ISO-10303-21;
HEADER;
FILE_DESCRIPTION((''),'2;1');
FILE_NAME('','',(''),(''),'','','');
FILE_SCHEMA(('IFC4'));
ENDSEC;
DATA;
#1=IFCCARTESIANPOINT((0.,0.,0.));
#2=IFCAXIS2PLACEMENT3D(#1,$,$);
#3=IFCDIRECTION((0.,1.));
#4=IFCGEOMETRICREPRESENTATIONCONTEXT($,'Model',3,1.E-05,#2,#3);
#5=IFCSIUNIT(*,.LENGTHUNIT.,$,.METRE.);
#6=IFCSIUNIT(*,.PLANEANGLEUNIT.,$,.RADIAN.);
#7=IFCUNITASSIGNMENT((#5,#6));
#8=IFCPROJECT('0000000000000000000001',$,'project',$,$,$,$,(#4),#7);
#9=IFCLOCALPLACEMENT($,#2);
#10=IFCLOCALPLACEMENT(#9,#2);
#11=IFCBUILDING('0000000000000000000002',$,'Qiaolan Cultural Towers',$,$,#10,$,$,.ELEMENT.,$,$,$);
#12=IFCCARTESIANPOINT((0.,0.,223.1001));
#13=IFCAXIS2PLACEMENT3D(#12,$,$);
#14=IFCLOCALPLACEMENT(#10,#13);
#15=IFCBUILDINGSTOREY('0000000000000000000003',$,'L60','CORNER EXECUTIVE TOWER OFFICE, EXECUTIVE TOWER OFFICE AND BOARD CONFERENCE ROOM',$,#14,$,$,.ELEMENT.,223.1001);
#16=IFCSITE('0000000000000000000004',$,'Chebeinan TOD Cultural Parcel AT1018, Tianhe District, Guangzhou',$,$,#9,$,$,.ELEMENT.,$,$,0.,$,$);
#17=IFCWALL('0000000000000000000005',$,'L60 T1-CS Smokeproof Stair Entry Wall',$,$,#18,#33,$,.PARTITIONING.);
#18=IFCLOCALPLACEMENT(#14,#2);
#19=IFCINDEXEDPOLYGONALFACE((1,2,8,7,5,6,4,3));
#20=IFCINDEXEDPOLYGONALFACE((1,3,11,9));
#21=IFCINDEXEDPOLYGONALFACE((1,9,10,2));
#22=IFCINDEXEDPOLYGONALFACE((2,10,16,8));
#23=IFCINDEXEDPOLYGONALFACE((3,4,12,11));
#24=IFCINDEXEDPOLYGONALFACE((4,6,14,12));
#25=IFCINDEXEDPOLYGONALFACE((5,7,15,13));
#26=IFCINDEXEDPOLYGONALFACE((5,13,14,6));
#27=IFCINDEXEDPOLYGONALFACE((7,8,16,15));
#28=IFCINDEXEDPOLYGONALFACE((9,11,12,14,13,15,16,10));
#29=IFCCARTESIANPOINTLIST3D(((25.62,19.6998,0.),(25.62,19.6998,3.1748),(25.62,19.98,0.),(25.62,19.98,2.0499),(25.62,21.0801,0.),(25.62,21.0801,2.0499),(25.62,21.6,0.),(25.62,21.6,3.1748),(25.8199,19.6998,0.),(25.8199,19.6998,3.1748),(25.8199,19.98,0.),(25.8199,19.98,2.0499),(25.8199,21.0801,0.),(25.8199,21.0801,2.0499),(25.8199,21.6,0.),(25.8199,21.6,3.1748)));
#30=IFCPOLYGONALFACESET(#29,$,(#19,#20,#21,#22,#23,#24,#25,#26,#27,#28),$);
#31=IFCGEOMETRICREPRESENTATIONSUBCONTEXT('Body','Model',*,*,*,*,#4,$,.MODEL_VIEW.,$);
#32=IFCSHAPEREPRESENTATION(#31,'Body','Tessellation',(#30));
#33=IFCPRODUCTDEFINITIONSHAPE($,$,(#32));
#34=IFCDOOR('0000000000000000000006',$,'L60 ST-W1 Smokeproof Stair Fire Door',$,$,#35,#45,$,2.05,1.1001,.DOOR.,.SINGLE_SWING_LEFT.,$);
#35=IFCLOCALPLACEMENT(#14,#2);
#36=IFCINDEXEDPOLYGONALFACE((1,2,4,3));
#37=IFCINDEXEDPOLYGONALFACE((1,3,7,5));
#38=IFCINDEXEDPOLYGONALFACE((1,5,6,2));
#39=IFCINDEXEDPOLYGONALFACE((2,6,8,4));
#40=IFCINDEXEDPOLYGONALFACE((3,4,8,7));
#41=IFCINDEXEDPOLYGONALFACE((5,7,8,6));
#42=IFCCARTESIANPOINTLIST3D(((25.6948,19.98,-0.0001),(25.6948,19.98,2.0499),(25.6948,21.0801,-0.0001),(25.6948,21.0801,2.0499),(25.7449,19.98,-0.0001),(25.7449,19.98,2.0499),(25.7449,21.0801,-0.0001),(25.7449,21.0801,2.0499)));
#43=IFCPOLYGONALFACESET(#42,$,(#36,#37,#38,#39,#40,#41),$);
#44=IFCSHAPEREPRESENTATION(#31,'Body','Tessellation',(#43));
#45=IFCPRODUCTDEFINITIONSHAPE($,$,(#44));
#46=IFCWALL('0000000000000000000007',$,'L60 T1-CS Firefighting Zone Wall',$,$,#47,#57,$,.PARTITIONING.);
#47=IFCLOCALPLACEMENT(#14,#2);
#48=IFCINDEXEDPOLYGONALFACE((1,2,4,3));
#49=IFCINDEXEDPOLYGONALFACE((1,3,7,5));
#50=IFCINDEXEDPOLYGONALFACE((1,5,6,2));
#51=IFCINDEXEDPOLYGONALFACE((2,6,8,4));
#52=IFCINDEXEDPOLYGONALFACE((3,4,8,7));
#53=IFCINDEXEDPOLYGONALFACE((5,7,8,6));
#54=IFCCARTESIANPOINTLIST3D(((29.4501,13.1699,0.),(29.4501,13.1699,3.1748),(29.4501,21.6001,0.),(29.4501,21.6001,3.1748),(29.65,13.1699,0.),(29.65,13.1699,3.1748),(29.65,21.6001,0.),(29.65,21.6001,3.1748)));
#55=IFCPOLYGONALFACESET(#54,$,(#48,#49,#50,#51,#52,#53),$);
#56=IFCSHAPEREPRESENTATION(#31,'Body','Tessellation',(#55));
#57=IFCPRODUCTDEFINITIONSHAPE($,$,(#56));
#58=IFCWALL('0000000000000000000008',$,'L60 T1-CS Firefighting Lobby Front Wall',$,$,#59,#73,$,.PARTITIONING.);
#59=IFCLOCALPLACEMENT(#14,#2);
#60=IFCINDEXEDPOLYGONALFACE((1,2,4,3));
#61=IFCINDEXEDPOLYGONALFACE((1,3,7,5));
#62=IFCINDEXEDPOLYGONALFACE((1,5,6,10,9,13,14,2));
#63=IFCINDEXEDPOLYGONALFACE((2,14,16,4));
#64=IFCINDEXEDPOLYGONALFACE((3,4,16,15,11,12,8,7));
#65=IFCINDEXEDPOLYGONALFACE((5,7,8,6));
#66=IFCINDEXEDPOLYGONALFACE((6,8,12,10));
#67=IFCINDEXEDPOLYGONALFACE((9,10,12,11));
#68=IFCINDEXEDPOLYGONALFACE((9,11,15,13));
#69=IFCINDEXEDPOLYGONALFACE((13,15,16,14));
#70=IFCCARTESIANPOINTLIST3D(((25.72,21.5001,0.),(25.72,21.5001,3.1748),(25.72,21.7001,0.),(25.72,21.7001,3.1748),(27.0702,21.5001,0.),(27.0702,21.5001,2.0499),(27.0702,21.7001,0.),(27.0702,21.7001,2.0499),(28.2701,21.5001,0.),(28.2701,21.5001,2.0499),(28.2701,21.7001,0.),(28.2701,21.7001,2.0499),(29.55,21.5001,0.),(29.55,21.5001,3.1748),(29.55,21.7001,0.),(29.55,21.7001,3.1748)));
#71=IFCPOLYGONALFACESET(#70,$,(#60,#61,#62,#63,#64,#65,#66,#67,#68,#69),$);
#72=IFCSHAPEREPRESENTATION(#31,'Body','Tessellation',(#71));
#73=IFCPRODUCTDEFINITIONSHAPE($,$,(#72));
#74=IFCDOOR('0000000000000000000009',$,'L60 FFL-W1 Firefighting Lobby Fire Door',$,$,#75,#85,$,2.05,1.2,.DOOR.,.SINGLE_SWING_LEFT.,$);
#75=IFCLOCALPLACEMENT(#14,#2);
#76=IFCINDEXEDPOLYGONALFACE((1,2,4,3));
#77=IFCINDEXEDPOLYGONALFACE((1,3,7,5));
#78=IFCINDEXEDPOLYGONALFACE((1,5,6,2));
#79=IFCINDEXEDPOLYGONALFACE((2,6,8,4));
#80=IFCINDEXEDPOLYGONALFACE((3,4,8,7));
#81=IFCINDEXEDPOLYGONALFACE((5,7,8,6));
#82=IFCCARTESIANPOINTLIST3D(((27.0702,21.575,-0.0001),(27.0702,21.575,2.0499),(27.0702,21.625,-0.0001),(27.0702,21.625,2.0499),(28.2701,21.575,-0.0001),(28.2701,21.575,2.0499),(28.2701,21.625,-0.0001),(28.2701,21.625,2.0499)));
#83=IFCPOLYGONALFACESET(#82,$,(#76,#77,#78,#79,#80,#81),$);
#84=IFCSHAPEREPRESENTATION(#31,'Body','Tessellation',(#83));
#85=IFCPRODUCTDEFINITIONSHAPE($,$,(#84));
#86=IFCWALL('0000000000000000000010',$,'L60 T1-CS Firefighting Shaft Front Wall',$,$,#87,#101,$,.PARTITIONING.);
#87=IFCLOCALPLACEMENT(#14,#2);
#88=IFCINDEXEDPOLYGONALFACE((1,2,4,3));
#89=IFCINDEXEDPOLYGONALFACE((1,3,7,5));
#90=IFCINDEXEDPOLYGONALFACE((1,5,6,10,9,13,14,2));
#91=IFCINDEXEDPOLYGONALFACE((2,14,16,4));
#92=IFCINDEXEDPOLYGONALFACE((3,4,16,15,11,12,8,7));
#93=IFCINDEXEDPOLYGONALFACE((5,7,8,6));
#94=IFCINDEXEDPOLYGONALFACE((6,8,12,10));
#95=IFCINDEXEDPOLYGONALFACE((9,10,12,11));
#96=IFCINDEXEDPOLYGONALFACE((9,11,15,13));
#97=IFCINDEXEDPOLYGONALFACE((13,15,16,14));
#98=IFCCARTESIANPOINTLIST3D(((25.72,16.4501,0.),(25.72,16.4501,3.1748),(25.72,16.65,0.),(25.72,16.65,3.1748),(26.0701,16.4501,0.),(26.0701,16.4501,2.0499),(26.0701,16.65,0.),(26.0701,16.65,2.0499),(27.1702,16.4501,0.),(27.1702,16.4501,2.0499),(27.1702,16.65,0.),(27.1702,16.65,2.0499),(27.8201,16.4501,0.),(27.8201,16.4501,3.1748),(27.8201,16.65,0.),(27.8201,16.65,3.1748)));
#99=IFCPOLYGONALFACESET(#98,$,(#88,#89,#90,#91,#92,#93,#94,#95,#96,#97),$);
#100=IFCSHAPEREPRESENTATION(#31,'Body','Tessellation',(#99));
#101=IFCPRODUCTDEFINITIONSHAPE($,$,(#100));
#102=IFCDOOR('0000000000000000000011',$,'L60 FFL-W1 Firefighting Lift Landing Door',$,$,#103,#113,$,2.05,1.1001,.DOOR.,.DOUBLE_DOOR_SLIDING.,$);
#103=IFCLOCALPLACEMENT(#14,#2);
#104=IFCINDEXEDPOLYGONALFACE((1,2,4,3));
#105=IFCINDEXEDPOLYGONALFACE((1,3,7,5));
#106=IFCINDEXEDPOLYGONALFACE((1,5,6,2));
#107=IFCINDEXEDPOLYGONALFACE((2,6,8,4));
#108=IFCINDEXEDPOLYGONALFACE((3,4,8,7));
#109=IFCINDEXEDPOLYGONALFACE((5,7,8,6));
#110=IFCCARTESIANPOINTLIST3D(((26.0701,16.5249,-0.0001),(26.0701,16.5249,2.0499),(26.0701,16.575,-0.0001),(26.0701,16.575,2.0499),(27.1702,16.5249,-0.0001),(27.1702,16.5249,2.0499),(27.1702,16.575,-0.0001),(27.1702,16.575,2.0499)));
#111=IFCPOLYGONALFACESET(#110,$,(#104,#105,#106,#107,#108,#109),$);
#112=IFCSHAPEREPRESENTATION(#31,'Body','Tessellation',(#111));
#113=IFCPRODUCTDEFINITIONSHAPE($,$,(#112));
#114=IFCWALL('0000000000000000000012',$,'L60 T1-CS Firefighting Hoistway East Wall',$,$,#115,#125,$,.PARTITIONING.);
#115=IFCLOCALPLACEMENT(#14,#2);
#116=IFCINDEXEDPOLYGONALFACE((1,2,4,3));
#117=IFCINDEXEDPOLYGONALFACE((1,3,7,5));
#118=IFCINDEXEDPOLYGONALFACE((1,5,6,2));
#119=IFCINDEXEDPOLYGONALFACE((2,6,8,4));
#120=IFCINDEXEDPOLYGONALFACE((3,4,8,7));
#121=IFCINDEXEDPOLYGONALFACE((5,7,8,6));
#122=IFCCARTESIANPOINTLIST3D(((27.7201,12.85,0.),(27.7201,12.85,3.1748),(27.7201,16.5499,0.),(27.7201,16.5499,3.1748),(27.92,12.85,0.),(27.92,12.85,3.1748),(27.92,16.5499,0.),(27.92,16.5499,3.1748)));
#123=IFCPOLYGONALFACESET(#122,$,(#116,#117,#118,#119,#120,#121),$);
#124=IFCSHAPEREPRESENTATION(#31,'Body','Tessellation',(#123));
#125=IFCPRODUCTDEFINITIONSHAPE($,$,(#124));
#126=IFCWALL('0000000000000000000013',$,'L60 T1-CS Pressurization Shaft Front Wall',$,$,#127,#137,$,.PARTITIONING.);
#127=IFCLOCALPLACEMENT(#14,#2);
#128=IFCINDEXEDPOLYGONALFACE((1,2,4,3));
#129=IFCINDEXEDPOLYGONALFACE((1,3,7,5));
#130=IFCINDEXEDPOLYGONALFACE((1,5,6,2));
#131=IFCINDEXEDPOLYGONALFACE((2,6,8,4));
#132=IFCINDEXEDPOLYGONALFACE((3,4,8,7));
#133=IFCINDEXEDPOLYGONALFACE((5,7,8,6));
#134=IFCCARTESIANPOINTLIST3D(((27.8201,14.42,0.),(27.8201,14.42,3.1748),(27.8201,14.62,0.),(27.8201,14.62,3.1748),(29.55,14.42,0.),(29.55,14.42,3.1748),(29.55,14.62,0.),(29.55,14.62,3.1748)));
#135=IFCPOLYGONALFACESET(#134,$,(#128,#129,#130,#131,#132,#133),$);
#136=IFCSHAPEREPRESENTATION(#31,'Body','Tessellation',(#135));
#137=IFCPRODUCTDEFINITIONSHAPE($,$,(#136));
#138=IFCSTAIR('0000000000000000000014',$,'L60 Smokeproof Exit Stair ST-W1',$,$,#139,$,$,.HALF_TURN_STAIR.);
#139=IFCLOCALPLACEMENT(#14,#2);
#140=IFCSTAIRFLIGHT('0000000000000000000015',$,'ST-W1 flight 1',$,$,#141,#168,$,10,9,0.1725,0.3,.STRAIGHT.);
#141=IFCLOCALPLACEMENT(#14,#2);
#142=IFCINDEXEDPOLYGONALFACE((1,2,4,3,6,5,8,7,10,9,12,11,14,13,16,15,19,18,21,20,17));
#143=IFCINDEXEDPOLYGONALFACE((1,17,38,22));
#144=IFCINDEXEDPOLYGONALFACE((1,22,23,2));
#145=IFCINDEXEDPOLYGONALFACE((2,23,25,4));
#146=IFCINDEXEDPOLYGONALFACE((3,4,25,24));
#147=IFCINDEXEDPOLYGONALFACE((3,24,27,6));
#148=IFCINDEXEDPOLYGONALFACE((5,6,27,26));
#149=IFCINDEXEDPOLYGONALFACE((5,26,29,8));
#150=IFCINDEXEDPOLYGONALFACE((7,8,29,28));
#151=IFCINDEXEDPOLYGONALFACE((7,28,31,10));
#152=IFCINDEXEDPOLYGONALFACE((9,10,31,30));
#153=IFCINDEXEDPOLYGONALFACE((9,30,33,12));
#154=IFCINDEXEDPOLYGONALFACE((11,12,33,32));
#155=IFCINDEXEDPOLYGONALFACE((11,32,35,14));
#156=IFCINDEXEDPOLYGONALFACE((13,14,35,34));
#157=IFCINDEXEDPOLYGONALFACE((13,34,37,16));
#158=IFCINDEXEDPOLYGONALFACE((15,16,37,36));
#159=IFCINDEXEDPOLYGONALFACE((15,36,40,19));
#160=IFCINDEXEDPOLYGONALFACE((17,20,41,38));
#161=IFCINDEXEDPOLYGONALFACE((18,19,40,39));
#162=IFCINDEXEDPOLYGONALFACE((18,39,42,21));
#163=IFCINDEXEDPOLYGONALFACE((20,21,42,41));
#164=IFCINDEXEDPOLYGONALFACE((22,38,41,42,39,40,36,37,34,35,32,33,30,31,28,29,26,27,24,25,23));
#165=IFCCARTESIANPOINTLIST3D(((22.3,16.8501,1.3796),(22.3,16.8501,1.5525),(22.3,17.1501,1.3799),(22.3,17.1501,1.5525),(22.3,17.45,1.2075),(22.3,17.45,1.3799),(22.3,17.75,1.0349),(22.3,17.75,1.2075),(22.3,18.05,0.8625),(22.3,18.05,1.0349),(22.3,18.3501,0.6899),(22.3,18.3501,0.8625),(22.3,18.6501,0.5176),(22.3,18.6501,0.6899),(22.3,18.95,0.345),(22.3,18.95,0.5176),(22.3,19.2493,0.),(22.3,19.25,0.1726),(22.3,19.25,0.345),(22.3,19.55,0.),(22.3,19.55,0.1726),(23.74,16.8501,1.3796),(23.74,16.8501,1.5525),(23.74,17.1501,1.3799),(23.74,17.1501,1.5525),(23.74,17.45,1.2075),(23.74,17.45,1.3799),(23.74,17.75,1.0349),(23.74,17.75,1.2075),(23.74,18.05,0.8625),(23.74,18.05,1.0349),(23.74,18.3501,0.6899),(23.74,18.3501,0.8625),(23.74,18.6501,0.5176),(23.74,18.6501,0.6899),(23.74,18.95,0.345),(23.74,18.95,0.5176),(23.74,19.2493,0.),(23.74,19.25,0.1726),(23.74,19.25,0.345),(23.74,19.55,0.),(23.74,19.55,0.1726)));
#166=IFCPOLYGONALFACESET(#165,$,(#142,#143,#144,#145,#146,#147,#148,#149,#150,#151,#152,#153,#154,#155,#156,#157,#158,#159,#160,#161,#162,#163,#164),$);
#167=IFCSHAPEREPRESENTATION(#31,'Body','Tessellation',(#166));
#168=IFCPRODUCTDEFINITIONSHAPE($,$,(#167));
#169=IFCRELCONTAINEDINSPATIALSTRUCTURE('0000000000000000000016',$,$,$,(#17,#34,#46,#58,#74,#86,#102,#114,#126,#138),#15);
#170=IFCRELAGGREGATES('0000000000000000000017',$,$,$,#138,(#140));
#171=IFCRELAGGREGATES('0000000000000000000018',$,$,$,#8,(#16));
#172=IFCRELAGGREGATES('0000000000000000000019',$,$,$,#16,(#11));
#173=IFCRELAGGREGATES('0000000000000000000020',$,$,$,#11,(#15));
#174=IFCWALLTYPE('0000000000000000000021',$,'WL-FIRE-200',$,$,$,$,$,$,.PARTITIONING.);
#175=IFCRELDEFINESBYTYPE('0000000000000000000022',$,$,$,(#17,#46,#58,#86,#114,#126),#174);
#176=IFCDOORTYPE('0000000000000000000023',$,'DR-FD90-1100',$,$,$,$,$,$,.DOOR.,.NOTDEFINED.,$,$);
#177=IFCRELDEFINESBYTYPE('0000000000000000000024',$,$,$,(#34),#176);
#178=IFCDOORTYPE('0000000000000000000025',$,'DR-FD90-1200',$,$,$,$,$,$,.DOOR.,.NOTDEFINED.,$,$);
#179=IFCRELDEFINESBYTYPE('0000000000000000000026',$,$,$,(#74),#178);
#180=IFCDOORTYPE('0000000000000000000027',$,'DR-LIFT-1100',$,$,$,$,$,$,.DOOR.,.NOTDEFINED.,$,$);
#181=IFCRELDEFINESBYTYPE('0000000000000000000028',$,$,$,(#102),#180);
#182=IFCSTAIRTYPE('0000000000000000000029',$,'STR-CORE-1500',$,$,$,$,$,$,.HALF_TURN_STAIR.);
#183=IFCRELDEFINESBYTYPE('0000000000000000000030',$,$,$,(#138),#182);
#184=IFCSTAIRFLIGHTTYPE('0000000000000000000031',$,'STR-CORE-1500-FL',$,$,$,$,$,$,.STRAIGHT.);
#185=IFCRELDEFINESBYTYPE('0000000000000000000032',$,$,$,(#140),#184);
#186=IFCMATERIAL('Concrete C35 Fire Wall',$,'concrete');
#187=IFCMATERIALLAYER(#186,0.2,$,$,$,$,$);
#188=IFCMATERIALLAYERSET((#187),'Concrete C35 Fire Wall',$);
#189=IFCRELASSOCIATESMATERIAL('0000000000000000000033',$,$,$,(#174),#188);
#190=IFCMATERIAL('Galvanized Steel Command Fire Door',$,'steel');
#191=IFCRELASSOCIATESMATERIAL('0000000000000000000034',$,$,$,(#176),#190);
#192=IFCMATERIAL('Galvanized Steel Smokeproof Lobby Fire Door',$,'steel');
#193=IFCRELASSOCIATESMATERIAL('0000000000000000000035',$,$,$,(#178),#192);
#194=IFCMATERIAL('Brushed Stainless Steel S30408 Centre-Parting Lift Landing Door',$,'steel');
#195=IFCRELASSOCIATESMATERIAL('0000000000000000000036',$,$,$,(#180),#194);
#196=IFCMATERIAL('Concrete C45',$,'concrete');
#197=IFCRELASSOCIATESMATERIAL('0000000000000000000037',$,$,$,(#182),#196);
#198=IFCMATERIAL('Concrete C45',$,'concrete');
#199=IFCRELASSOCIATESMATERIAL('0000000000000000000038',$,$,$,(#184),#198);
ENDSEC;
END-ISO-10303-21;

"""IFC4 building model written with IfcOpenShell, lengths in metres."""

from ifc_helpers import new_model, si_unit, direction, frame, frame_2d, origin, place, context, subcontext, project, spatial, polyline, rectangle, outline, extrude, material, layer, layer_set, type_object, element, fill, aggregate, save


model = new_model("IFC4")

# Units and contexts
model_context = context("Model", 3, precision=1e-05, world=origin(), true_north=direction((0.0, 1.0)))
body_context = subcontext(model_context, "Body", "Model", "MODEL_VIEW")
ifc_project = project(units=[si_unit("LENGTHUNIT", "METRE"), si_unit("PLANEANGLEUNIT", "RADIAN")], contexts=[model_context])

# Site, building, storey
site_placement = place(None, origin())
site = spatial("IfcSite", under=ifc_project, at=site_placement, Name="Chebeinan TOD Cultural Parcel AT1018, Tianhe District, Guangzhou", CompositionType="ELEMENT", RefElevation=0.0)
building_placement = place(site_placement, origin())
building = spatial("IfcBuilding", under=site, at=building_placement, Name="Qiaolan Cultural Towers", CompositionType="ELEMENT")
storey_placement = place(building_placement, frame((0.0, 0.0, 223.1001)))
storey = spatial("IfcBuildingStorey", under=building, at=storey_placement, Name="L60", Description="CORNER EXECUTIVE TOWER OFFICE, EXECUTIVE TOWER OFFICE AND BOARD CONFERENCE ROOM", CompositionType="ELEMENT", Elevation=223.1001)

# Wall, opening, door
ifc_material_1 = material(Name="Concrete C35 Fire Wall", Category="concrete")
ifc_layer_1 = layer(ifc_material_1, 0.2)
ifc_layer_set_1 = layer_set([ifc_layer_1], Name="Concrete C35 Fire Wall")
wall_type_1 = type_object("IfcWallType", Name="WL-FIRE-200", PredefinedType="PARTITIONING", material=ifc_layer_set_1)
wall_1_placement = place(storey_placement, frame((25.72, 21.6001, 0.0), z_axis=(0.0, 0.0, 1.0), x_axis=(0.0, -1.0, 0.0)))
wall_1 = element("IfcWall", 1, at=wall_1_placement, inside=storey, type_object=wall_type_1, Name="L60 T1-CS Smokeproof Stair Entry Wall", PredefinedType="PARTITIONING", context=body_context, shape_type="SweptSolid", body=[
    extrude(rectangle(XDim=1.9001, YDim=0.2, at=frame_2d((0.9502, 0.0))), origin(), (0.0, 0.0, 1.0), 3.1748),
])
opening_1_placement = place(wall_1_placement, frame((0.52, 0.0, 0.0)))
opening_1 = element("IfcOpeningElement", 2, at=opening_1_placement, cuts=wall_1, PredefinedType="OPENING", context=body_context, shape_type="SweptSolid", body=[
    extrude(rectangle(XDim=1.1001, YDim=2.05, at=frame_2d((0.55, 1.0249))), frame((0.0, 0.1099, 0.0), z_axis=(0.0, -1.0, 0.0), x_axis=(1.0, 0.0, 0.0)), (0.0, 0.0, 1.0), 0.22),
])
ifc_material_2 = material(Name="Galvanized Steel Command Fire Door", Category="steel")
door_type_1 = type_object("IfcDoorType", Name="DR-FD90-1100", OperationType="NOTDEFINED", PredefinedType="DOOR", material=ifc_material_2)
door_1_placement = place(opening_1_placement, origin())
door_1 = element("IfcDoor", 3, at=door_1_placement, inside=storey, type_object=door_type_1, Name="L60 ST-W1 Smokeproof Stair Fire Door", OperationType="SINGLE_SWING_LEFT", OverallHeight=2.05, OverallWidth=1.1001, PredefinedType="DOOR", context=body_context, shape_type="SweptSolid", body=[
    extrude(rectangle(XDim=1.1001, YDim=2.05, at=frame_2d((0.55, 1.0249))), frame((0.0, 0.0249, 0.0), z_axis=(0.0, -1.0, 0.0), x_axis=(1.0, 0.0, 0.0)), (0.0, 0.0, 1.0), 0.05),
])
fill(opening_1, door_1)

# Wall
wall_2_placement = place(storey_placement, frame((29.55, 21.6001, 0.0), z_axis=(0.0, 0.0, 1.0), x_axis=(0.0, -1.0, 0.0)))
element("IfcWall", 4, at=wall_2_placement, inside=storey, type_object=wall_type_1, Name="L60 T1-CS Firefighting Zone Wall", PredefinedType="PARTITIONING", context=body_context, shape_type="SweptSolid", body=[
    extrude(rectangle(XDim=8.4302, YDim=0.2, at=frame_2d((4.2151, 0.0))), origin(), (0.0, 0.0, 1.0), 3.1748),
])

# Walls, openings, doors
wall_3_placement = place(storey_placement, frame((25.72, 21.6001, 0.0), z_axis=(0.0, 0.0, 1.0), x_axis=(1.0, 0.0, 0.0)))
wall_3 = element("IfcWall", 5, at=wall_3_placement, inside=storey, type_object=wall_type_1, Name="L60 T1-CS Firefighting Lobby Front Wall", PredefinedType="PARTITIONING", context=body_context, shape_type="SweptSolid", body=[
    extrude(rectangle(XDim=3.8301, YDim=0.2, at=frame_2d((1.915, 0.0))), origin(), (0.0, 0.0, 1.0), 3.1748),
])
opening_2_placement = place(wall_3_placement, frame((1.3501, 0.0, 0.0)))
opening_2 = element("IfcOpeningElement", 6, at=opening_2_placement, cuts=wall_3, PredefinedType="OPENING", context=body_context, shape_type="SweptSolid", body=[
    extrude(rectangle(XDim=1.2, YDim=2.05, at=frame_2d((0.6001, 1.0249))), frame((0.0, 0.1099, 0.0), z_axis=(0.0, -1.0, 0.0), x_axis=(1.0, 0.0, 0.0)), (0.0, 0.0, 1.0), 0.22),
])
ifc_material_3 = material(Name="Galvanized Steel Smokeproof Lobby Fire Door", Category="steel")
door_type_2 = type_object("IfcDoorType", Name="DR-FD90-1200", OperationType="NOTDEFINED", PredefinedType="DOOR", material=ifc_material_3)
door_2_placement = place(opening_2_placement, origin())
door_2 = element("IfcDoor", 7, at=door_2_placement, inside=storey, type_object=door_type_2, Name="L60 FFL-W1 Firefighting Lobby Fire Door", OperationType="SINGLE_SWING_LEFT", OverallHeight=2.05, OverallWidth=1.2, PredefinedType="DOOR", context=body_context, shape_type="SweptSolid", body=[
    extrude(rectangle(XDim=1.2, YDim=2.05, at=frame_2d((0.6001, 1.0249))), frame((0.0, 0.0249, 0.0), z_axis=(0.0, -1.0, 0.0), x_axis=(1.0, 0.0, 0.0)), (0.0, 0.0, 1.0), 0.05),
])
fill(opening_2, door_2)
wall_4_placement = place(storey_placement, frame((25.72, 16.55, 0.0), z_axis=(0.0, 0.0, 1.0), x_axis=(1.0, 0.0, 0.0)))
wall_4 = element("IfcWall", 8, at=wall_4_placement, inside=storey, type_object=wall_type_1, Name="L60 T1-CS Firefighting Shaft Front Wall", PredefinedType="PARTITIONING", context=body_context, shape_type="SweptSolid", body=[
    extrude(rectangle(XDim=2.1001, YDim=0.2, at=frame_2d((1.05, 0.0))), origin(), (0.0, 0.0, 1.0), 3.1748),
])
opening_3_placement = place(wall_4_placement, frame((0.3501, 0.0, 0.0)))
opening_3 = element("IfcOpeningElement", 9, at=opening_3_placement, cuts=wall_4, PredefinedType="OPENING", context=body_context, shape_type="SweptSolid", body=[
    extrude(rectangle(XDim=1.1001, YDim=2.05, at=frame_2d((0.55, 1.0249))), frame((0.0, 0.1099, 0.0), z_axis=(0.0, -1.0, 0.0), x_axis=(1.0, 0.0, 0.0)), (0.0, 0.0, 1.0), 0.22),
])
ifc_material_4 = material(Name="Brushed Stainless Steel S30408 Centre-Parting Lift Landing Door", Category="steel")
door_type_3 = type_object("IfcDoorType", Name="DR-LIFT-1100", OperationType="NOTDEFINED", PredefinedType="DOOR", material=ifc_material_4)
door_3_placement = place(opening_3_placement, origin())
door_3 = element("IfcDoor", 10, at=door_3_placement, inside=storey, type_object=door_type_3, Name="L60 FFL-W1 Firefighting Lift Landing Door", OperationType="DOUBLE_DOOR_SLIDING", OverallHeight=2.05, OverallWidth=1.1001, PredefinedType="DOOR", context=body_context, shape_type="SweptSolid", body=[
    extrude(rectangle(XDim=1.1001, YDim=2.05, at=frame_2d((0.55, 1.0249))), frame((0.0, 0.0249, 0.0), z_axis=(0.0, -1.0, 0.0), x_axis=(1.0, 0.0, 0.0)), (0.0, 0.0, 1.0), 0.05),
])
fill(opening_3, door_3)

# Walls
wall_5_placement = place(storey_placement, frame((27.8201, 16.55, 0.0), z_axis=(0.0, 0.0, 1.0), x_axis=(0.0, -1.0, 0.0)))
element("IfcWall", 11, at=wall_5_placement, inside=storey, type_object=wall_type_1, Name="L60 T1-CS Firefighting Hoistway East Wall", PredefinedType="PARTITIONING", context=body_context, shape_type="SweptSolid", body=[
    extrude(rectangle(XDim=3.7, YDim=0.2, at=frame_2d((1.8501, 0.0))), origin(), (0.0, 0.0, 1.0), 3.1748),
])
wall_6_placement = place(storey_placement, frame((27.8201, 14.52, 0.0), z_axis=(0.0, 0.0, 1.0), x_axis=(1.0, 0.0, 0.0)))
element("IfcWall", 12, at=wall_6_placement, inside=storey, type_object=wall_type_1, Name="L60 T1-CS Pressurization Shaft Front Wall", PredefinedType="PARTITIONING", context=body_context, shape_type="SweptSolid", body=[
    extrude(rectangle(XDim=1.73, YDim=0.2, at=frame_2d((0.865, 0.0))), origin(), (0.0, 0.0, 1.0), 3.1748),
])

# Stair, stair flight
ifc_material_5 = material(Name="Concrete C45", Category="concrete")
stair_type = type_object("IfcStairType", Name="STR-CORE-1500", PredefinedType="HALF_TURN_STAIR", material=ifc_material_5)
stair_placement = place(storey_placement, origin())
stair = element("IfcStair", 13, at=stair_placement, inside=storey, type_object=stair_type, Name="L60 Smokeproof Exit Stair ST-W1", PredefinedType="HALF_TURN_STAIR")
ifc_material_6 = material(Name="Concrete C45", Category="concrete")
stair_flight_type = type_object("IfcStairFlightType", Name="STR-CORE-1500-FL", PredefinedType="STRAIGHT", material=ifc_material_6)
stair_flight_1_placement = place(storey_placement, frame((23.02, 19.55, 0.0), z_axis=(0.0, 0.0, 1.0), x_axis=(0.0, -1.0, 0.0)))
stair_flight_1 = element("IfcStairFlight", 14, at=stair_flight_1_placement, type_object=stair_flight_type, Name="ST-W1 flight 1", NumberOfRisers=10, NumberOfTreads=9, PredefinedType="STRAIGHT", RiserHeight=0.1725, TreadLength=0.3, context=body_context, shape_type="SweptSolid", body=[
    extrude(outline(polyline([(0.0, 0.0), (0.0, 0.1726), (0.3, 0.1726), (0.3, 0.345), (0.6001, 0.345), (0.6001, 0.5176), (0.8999, 0.5176), (0.8999, 0.6899), (1.2, 0.6899), (1.2, 0.8625), (1.5, 0.8625), (1.5, 1.0349), (1.8, 1.0349), (1.8, 1.2075), (2.1001, 1.2075), (2.1001, 1.3799), (2.3999, 1.3799), (2.3999, 1.5525), (2.7, 1.5525), (2.7, 1.7251), (2.7, 1.3796), (0.3008, 0.0), (0.0, 0.0)])), frame((0.0, 0.72, 0.0), z_axis=(0.0, -1.0, 0.0), x_axis=(1.0, 0.0, 0.0)), (0.0, 0.0, 1.0), 1.4399),
])
aggregate(stair, [stair_flight_1])

save(model, "model.ifc")
